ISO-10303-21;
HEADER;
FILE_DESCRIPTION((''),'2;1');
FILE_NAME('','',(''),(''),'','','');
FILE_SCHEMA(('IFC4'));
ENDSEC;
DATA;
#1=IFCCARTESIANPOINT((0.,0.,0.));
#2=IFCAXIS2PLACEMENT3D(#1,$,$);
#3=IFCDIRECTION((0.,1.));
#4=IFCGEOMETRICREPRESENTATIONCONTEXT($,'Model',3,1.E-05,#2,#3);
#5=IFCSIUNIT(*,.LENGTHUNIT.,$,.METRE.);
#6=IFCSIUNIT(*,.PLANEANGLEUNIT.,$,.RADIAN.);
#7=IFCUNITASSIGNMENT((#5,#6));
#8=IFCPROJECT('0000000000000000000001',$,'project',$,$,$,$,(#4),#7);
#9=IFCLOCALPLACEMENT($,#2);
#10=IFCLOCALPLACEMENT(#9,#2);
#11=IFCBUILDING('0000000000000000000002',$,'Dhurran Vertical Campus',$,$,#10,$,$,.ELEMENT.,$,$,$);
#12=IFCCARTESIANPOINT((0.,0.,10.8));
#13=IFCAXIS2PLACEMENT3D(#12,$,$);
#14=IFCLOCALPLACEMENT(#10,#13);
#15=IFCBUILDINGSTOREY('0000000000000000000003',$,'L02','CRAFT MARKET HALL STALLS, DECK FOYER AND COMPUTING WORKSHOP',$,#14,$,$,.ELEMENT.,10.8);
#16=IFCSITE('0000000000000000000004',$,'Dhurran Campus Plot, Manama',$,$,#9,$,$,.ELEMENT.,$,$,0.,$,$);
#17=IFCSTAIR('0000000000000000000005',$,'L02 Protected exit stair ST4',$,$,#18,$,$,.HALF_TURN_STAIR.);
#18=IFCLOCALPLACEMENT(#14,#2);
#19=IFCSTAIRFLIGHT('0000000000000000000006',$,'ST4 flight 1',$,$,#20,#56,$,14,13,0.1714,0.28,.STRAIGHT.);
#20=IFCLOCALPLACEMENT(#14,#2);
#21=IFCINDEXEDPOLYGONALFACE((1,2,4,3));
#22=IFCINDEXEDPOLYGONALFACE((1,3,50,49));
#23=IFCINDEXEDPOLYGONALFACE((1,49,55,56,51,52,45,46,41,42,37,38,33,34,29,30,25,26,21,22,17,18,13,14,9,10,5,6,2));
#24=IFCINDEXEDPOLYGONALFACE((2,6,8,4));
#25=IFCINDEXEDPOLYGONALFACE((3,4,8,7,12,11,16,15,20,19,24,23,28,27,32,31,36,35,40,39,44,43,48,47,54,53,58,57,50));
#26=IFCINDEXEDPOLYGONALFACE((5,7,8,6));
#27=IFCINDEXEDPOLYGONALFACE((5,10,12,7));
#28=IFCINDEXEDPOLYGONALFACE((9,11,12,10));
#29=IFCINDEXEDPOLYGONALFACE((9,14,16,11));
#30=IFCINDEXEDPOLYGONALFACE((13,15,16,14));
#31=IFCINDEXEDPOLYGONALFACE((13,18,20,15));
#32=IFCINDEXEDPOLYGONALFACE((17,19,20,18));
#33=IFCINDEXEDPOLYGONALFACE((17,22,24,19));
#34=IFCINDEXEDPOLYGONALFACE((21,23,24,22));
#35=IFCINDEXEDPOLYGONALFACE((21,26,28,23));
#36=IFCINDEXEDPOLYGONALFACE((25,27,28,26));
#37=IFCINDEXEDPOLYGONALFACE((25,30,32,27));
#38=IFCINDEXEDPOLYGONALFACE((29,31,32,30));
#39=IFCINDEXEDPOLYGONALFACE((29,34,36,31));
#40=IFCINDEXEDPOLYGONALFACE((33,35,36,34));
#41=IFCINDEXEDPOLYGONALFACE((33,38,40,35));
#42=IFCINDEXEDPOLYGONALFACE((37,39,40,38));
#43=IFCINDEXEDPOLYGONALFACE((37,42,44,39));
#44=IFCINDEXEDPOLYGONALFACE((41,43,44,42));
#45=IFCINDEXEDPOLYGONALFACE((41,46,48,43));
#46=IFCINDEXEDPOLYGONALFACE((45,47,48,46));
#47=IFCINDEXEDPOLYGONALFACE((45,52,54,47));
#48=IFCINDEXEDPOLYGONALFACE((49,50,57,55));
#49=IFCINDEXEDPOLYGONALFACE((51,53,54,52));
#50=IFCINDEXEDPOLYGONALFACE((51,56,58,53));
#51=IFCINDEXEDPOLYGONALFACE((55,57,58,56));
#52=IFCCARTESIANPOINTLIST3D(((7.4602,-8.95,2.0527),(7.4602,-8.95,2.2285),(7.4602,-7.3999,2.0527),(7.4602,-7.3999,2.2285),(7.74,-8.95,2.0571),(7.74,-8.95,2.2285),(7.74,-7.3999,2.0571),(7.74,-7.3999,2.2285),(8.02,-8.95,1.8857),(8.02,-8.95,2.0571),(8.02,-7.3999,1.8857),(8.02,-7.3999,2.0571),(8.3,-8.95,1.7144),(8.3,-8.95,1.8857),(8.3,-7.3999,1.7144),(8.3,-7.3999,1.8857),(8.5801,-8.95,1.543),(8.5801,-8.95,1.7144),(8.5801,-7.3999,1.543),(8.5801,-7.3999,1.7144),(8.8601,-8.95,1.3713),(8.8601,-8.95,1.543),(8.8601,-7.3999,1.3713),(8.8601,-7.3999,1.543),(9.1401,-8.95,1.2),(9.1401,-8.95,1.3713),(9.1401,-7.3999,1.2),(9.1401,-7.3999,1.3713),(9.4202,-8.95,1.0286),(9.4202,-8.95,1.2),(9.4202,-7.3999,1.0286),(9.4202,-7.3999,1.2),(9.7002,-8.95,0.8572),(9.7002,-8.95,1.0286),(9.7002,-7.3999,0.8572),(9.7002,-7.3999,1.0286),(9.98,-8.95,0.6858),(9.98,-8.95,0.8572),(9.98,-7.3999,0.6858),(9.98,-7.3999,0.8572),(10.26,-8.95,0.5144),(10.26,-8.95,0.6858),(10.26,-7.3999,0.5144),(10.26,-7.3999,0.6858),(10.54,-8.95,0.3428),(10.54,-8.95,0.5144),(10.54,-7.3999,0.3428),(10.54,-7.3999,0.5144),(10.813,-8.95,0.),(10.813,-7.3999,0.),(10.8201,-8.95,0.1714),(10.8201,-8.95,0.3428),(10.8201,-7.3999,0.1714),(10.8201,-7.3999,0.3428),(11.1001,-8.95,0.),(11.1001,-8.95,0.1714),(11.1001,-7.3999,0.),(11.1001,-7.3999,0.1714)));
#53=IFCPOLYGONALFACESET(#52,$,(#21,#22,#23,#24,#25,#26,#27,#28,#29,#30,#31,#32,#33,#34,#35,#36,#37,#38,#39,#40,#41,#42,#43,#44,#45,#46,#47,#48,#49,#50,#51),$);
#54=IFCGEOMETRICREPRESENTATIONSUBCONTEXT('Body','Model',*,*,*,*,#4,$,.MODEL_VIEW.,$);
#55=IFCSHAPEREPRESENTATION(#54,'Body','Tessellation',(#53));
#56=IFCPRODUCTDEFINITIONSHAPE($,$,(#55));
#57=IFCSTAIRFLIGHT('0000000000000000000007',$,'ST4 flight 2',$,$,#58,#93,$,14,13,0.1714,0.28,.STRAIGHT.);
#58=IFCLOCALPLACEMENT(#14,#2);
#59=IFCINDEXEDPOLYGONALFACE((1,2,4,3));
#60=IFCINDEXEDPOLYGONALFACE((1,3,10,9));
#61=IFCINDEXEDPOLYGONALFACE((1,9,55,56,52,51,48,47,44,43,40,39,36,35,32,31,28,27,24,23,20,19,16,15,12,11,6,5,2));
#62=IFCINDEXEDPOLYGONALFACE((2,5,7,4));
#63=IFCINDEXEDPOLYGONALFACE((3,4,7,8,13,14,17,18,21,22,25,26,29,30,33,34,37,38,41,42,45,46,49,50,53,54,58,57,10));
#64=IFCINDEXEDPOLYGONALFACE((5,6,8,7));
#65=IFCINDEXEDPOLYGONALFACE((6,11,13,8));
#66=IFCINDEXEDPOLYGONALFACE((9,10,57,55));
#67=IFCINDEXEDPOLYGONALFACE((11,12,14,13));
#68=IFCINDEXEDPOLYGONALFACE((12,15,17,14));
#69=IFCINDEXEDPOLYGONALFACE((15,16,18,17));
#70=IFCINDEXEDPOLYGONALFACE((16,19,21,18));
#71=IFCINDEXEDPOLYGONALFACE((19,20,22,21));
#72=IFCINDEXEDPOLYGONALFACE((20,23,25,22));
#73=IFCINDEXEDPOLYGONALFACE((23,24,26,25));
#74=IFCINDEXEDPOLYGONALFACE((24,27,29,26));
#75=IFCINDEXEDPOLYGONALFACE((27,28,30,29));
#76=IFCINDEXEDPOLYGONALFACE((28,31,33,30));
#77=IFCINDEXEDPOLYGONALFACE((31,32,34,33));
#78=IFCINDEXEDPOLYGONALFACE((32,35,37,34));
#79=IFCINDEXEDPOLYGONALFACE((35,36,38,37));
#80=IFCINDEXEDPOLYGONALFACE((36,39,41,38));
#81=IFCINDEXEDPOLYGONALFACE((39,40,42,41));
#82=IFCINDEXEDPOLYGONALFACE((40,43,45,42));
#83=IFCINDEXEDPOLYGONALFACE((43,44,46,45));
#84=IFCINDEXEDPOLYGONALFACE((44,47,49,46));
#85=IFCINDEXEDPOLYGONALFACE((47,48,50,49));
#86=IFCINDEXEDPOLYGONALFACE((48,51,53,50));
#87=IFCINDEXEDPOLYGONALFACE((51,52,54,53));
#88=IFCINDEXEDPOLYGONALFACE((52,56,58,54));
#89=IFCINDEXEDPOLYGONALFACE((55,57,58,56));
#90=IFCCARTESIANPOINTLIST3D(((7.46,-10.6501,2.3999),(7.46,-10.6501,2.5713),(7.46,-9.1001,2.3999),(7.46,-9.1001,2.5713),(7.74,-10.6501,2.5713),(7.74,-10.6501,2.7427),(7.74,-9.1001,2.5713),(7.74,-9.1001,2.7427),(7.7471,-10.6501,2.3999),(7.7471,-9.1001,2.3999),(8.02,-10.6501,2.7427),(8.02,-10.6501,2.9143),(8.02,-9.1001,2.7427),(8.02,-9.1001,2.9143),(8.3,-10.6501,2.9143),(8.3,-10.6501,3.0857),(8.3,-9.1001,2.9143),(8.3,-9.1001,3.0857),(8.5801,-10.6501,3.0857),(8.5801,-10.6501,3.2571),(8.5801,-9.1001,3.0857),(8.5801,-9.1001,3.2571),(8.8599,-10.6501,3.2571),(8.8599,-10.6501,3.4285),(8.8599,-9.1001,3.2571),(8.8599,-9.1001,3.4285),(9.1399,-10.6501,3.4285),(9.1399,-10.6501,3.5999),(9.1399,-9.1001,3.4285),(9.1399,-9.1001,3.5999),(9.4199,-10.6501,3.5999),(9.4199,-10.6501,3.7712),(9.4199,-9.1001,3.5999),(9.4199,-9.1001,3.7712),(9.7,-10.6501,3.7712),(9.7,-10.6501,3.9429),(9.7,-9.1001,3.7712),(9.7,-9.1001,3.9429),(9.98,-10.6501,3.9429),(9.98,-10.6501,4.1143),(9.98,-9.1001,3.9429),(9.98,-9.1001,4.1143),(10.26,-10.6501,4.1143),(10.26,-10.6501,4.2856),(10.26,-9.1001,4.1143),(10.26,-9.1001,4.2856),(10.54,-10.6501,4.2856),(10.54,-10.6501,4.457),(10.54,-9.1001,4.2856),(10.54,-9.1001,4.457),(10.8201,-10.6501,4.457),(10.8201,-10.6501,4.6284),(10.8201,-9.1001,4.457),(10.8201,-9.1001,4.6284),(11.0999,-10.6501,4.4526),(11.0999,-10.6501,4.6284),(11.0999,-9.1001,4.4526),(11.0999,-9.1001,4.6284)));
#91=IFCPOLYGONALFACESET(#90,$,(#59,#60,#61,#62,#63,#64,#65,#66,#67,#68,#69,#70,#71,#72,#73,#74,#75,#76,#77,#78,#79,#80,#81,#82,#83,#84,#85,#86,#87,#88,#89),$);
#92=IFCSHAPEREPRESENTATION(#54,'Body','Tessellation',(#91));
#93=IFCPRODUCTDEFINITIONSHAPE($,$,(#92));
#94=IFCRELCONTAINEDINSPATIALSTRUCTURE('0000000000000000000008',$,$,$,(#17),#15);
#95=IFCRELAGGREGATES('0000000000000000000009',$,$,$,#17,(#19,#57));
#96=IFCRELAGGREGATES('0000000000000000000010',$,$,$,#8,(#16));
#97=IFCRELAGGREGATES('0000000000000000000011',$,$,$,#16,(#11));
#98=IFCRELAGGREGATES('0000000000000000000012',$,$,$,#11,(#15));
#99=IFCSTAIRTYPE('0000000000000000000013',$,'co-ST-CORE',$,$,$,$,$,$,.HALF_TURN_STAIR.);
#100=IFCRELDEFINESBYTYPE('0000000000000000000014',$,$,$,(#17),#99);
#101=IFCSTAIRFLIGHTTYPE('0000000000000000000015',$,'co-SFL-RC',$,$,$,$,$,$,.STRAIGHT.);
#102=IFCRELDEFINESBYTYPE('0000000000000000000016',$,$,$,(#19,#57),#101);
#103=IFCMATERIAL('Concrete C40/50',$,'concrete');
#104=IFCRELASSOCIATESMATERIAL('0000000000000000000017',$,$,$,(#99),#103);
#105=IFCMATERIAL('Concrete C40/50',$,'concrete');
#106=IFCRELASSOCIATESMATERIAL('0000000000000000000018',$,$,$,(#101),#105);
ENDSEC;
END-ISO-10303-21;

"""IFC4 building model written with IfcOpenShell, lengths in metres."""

from ifc_helpers import new_model, si_unit, direction, frame, origin, place, context, subcontext, project, spatial, polyline, outline, extrude, material, type_object, element, aggregate, save


model = new_model("IFC4")

# Units and contexts
model_context = context("Model", 3, precision=1e-05, world=origin(), true_north=direction((0.0, 1.0)))
body_context = subcontext(model_context, "Body", "Model", "MODEL_VIEW")
ifc_project = project(units=[si_unit("LENGTHUNIT", "METRE"), si_unit("PLANEANGLEUNIT", "RADIAN")], contexts=[model_context])

# Site, building, storey
site_placement = place(None, origin())
site = spatial("IfcSite", under=ifc_project, at=site_placement, Name="Dhurran Campus Plot, Manama", CompositionType="ELEMENT", RefElevation=0.0)
building_placement = place(site_placement, origin())
building = spatial("IfcBuilding", under=site, at=building_placement, Name="Dhurran Vertical Campus", CompositionType="ELEMENT")
storey_placement = place(building_placement, frame((0.0, 0.0, 10.8)))
storey = spatial("IfcBuildingStorey", under=building, at=storey_placement, Name="L02", Description="CRAFT MARKET HALL STALLS, DECK FOYER AND COMPUTING WORKSHOP", CompositionType="ELEMENT", Elevation=10.8)

# Stair, stair flights
ifc_material_1 = material(Name="Concrete C40/50", Category="concrete")
stair_type = type_object("IfcStairType", Name="co-ST-CORE", PredefinedType="HALF_TURN_STAIR", material=ifc_material_1)
stair_placement = place(storey_placement, origin())
stair = element("IfcStair", 1, at=stair_placement, inside=storey, type_object=stair_type, Name="L02 Protected exit stair ST4", PredefinedType="HALF_TURN_STAIR")
ifc_material_2 = material(Name="Concrete C40/50", Category="concrete")
stair_flight_type = type_object("IfcStairFlightType", Name="co-SFL-RC", PredefinedType="STRAIGHT", material=ifc_material_2)
stair_flight_1_placement = place(storey_placement, frame((11.1001, -8.175, 0.0), z_axis=(0.0, 0.0, 1.0), x_axis=(-1.0, 0.0, 0.0)))
stair_flight_1 = element("IfcStairFlight", 2, at=stair_flight_1_placement, type_object=stair_flight_type, Name="ST4 flight 1", NumberOfRisers=14, NumberOfTreads=13, PredefinedType="STRAIGHT", RiserHeight=0.1714, TreadLength=0.28, context=body_context, shape_type="SweptSolid", body=[
    extrude(outline(polyline([(0.0, 0.0), (0.0, 0.1714), (0.28, 0.1714), (0.28, 0.3428), (0.5601, 0.3428), (0.5601, 0.5144), (0.8401, 0.5144), (0.8401, 0.6858), (1.1201, 0.6858), (1.1201, 0.8572), (1.3999, 0.8572), (1.3999, 1.0286), (1.6799, 1.0286), (1.6799, 1.2), (1.96, 1.2), (1.96, 1.3713), (2.24, 1.3713), (2.24, 1.543), (2.52, 1.543), (2.52, 1.7144), (2.8, 1.7144), (2.8, 1.8857), (3.0801, 1.8857), (3.0801, 2.0571), (3.3601, 2.0571), (3.3601, 2.2285), (3.6399, 2.2285), (3.6399, 2.3999), (3.6399, 2.0527), (0.2871, 0.0), (0.0, 0.0)])), frame((0.0, 0.7749, 0.0), z_axis=(0.0, -1.0, 0.0), x_axis=(1.0, 0.0, 0.0)), (0.0, 0.0, 1.0), 1.55),
])
stair_flight_2_placement = place(storey_placement, frame((7.46, -9.875, 2.3999), z_axis=(0.0, 0.0, 1.0), x_axis=(1.0, 0.0, 0.0)))
stair_flight_2 = element("IfcStairFlight", 3, at=stair_flight_2_placement, type_object=stair_flight_type, Name="ST4 flight 2", NumberOfRisers=14, NumberOfTreads=13, PredefinedType="STRAIGHT", RiserHeight=0.1714, TreadLength=0.28, context=body_context, shape_type="SweptSolid", body=[
    extrude(outline(polyline([(0.0, 0.0), (0.0, 0.1714), (0.28, 0.1714), (0.28, 0.3428), (0.5601, 0.3428), (0.5601, 0.5144), (0.8401, 0.5144), (0.8401, 0.6858), (1.1201, 0.6858), (1.1201, 0.8572), (1.3999, 0.8572), (1.3999, 1.0286), (1.6799, 1.0286), (1.6799, 1.2), (1.96, 1.2), (1.96, 1.3713), (2.24, 1.3713), (2.24, 1.543), (2.52, 1.543), (2.52, 1.7144), (2.8, 1.7144), (2.8, 1.8857), (3.0801, 1.8857), (3.0801, 2.0571), (3.3601, 2.0571), (3.3601, 2.2285), (3.6399, 2.2285), (3.6399, 2.3999), (3.6399, 2.0527), (0.2871, 0.0), (0.0, 0.0)])), frame((0.0, 0.7749, 0.0), z_axis=(0.0, -1.0, 0.0), x_axis=(1.0, 0.0, 0.0)), (0.0, 0.0, 1.0), 1.55),
])
aggregate(stair, [stair_flight_1, stair_flight_2])

save(model, "model.ifc")
